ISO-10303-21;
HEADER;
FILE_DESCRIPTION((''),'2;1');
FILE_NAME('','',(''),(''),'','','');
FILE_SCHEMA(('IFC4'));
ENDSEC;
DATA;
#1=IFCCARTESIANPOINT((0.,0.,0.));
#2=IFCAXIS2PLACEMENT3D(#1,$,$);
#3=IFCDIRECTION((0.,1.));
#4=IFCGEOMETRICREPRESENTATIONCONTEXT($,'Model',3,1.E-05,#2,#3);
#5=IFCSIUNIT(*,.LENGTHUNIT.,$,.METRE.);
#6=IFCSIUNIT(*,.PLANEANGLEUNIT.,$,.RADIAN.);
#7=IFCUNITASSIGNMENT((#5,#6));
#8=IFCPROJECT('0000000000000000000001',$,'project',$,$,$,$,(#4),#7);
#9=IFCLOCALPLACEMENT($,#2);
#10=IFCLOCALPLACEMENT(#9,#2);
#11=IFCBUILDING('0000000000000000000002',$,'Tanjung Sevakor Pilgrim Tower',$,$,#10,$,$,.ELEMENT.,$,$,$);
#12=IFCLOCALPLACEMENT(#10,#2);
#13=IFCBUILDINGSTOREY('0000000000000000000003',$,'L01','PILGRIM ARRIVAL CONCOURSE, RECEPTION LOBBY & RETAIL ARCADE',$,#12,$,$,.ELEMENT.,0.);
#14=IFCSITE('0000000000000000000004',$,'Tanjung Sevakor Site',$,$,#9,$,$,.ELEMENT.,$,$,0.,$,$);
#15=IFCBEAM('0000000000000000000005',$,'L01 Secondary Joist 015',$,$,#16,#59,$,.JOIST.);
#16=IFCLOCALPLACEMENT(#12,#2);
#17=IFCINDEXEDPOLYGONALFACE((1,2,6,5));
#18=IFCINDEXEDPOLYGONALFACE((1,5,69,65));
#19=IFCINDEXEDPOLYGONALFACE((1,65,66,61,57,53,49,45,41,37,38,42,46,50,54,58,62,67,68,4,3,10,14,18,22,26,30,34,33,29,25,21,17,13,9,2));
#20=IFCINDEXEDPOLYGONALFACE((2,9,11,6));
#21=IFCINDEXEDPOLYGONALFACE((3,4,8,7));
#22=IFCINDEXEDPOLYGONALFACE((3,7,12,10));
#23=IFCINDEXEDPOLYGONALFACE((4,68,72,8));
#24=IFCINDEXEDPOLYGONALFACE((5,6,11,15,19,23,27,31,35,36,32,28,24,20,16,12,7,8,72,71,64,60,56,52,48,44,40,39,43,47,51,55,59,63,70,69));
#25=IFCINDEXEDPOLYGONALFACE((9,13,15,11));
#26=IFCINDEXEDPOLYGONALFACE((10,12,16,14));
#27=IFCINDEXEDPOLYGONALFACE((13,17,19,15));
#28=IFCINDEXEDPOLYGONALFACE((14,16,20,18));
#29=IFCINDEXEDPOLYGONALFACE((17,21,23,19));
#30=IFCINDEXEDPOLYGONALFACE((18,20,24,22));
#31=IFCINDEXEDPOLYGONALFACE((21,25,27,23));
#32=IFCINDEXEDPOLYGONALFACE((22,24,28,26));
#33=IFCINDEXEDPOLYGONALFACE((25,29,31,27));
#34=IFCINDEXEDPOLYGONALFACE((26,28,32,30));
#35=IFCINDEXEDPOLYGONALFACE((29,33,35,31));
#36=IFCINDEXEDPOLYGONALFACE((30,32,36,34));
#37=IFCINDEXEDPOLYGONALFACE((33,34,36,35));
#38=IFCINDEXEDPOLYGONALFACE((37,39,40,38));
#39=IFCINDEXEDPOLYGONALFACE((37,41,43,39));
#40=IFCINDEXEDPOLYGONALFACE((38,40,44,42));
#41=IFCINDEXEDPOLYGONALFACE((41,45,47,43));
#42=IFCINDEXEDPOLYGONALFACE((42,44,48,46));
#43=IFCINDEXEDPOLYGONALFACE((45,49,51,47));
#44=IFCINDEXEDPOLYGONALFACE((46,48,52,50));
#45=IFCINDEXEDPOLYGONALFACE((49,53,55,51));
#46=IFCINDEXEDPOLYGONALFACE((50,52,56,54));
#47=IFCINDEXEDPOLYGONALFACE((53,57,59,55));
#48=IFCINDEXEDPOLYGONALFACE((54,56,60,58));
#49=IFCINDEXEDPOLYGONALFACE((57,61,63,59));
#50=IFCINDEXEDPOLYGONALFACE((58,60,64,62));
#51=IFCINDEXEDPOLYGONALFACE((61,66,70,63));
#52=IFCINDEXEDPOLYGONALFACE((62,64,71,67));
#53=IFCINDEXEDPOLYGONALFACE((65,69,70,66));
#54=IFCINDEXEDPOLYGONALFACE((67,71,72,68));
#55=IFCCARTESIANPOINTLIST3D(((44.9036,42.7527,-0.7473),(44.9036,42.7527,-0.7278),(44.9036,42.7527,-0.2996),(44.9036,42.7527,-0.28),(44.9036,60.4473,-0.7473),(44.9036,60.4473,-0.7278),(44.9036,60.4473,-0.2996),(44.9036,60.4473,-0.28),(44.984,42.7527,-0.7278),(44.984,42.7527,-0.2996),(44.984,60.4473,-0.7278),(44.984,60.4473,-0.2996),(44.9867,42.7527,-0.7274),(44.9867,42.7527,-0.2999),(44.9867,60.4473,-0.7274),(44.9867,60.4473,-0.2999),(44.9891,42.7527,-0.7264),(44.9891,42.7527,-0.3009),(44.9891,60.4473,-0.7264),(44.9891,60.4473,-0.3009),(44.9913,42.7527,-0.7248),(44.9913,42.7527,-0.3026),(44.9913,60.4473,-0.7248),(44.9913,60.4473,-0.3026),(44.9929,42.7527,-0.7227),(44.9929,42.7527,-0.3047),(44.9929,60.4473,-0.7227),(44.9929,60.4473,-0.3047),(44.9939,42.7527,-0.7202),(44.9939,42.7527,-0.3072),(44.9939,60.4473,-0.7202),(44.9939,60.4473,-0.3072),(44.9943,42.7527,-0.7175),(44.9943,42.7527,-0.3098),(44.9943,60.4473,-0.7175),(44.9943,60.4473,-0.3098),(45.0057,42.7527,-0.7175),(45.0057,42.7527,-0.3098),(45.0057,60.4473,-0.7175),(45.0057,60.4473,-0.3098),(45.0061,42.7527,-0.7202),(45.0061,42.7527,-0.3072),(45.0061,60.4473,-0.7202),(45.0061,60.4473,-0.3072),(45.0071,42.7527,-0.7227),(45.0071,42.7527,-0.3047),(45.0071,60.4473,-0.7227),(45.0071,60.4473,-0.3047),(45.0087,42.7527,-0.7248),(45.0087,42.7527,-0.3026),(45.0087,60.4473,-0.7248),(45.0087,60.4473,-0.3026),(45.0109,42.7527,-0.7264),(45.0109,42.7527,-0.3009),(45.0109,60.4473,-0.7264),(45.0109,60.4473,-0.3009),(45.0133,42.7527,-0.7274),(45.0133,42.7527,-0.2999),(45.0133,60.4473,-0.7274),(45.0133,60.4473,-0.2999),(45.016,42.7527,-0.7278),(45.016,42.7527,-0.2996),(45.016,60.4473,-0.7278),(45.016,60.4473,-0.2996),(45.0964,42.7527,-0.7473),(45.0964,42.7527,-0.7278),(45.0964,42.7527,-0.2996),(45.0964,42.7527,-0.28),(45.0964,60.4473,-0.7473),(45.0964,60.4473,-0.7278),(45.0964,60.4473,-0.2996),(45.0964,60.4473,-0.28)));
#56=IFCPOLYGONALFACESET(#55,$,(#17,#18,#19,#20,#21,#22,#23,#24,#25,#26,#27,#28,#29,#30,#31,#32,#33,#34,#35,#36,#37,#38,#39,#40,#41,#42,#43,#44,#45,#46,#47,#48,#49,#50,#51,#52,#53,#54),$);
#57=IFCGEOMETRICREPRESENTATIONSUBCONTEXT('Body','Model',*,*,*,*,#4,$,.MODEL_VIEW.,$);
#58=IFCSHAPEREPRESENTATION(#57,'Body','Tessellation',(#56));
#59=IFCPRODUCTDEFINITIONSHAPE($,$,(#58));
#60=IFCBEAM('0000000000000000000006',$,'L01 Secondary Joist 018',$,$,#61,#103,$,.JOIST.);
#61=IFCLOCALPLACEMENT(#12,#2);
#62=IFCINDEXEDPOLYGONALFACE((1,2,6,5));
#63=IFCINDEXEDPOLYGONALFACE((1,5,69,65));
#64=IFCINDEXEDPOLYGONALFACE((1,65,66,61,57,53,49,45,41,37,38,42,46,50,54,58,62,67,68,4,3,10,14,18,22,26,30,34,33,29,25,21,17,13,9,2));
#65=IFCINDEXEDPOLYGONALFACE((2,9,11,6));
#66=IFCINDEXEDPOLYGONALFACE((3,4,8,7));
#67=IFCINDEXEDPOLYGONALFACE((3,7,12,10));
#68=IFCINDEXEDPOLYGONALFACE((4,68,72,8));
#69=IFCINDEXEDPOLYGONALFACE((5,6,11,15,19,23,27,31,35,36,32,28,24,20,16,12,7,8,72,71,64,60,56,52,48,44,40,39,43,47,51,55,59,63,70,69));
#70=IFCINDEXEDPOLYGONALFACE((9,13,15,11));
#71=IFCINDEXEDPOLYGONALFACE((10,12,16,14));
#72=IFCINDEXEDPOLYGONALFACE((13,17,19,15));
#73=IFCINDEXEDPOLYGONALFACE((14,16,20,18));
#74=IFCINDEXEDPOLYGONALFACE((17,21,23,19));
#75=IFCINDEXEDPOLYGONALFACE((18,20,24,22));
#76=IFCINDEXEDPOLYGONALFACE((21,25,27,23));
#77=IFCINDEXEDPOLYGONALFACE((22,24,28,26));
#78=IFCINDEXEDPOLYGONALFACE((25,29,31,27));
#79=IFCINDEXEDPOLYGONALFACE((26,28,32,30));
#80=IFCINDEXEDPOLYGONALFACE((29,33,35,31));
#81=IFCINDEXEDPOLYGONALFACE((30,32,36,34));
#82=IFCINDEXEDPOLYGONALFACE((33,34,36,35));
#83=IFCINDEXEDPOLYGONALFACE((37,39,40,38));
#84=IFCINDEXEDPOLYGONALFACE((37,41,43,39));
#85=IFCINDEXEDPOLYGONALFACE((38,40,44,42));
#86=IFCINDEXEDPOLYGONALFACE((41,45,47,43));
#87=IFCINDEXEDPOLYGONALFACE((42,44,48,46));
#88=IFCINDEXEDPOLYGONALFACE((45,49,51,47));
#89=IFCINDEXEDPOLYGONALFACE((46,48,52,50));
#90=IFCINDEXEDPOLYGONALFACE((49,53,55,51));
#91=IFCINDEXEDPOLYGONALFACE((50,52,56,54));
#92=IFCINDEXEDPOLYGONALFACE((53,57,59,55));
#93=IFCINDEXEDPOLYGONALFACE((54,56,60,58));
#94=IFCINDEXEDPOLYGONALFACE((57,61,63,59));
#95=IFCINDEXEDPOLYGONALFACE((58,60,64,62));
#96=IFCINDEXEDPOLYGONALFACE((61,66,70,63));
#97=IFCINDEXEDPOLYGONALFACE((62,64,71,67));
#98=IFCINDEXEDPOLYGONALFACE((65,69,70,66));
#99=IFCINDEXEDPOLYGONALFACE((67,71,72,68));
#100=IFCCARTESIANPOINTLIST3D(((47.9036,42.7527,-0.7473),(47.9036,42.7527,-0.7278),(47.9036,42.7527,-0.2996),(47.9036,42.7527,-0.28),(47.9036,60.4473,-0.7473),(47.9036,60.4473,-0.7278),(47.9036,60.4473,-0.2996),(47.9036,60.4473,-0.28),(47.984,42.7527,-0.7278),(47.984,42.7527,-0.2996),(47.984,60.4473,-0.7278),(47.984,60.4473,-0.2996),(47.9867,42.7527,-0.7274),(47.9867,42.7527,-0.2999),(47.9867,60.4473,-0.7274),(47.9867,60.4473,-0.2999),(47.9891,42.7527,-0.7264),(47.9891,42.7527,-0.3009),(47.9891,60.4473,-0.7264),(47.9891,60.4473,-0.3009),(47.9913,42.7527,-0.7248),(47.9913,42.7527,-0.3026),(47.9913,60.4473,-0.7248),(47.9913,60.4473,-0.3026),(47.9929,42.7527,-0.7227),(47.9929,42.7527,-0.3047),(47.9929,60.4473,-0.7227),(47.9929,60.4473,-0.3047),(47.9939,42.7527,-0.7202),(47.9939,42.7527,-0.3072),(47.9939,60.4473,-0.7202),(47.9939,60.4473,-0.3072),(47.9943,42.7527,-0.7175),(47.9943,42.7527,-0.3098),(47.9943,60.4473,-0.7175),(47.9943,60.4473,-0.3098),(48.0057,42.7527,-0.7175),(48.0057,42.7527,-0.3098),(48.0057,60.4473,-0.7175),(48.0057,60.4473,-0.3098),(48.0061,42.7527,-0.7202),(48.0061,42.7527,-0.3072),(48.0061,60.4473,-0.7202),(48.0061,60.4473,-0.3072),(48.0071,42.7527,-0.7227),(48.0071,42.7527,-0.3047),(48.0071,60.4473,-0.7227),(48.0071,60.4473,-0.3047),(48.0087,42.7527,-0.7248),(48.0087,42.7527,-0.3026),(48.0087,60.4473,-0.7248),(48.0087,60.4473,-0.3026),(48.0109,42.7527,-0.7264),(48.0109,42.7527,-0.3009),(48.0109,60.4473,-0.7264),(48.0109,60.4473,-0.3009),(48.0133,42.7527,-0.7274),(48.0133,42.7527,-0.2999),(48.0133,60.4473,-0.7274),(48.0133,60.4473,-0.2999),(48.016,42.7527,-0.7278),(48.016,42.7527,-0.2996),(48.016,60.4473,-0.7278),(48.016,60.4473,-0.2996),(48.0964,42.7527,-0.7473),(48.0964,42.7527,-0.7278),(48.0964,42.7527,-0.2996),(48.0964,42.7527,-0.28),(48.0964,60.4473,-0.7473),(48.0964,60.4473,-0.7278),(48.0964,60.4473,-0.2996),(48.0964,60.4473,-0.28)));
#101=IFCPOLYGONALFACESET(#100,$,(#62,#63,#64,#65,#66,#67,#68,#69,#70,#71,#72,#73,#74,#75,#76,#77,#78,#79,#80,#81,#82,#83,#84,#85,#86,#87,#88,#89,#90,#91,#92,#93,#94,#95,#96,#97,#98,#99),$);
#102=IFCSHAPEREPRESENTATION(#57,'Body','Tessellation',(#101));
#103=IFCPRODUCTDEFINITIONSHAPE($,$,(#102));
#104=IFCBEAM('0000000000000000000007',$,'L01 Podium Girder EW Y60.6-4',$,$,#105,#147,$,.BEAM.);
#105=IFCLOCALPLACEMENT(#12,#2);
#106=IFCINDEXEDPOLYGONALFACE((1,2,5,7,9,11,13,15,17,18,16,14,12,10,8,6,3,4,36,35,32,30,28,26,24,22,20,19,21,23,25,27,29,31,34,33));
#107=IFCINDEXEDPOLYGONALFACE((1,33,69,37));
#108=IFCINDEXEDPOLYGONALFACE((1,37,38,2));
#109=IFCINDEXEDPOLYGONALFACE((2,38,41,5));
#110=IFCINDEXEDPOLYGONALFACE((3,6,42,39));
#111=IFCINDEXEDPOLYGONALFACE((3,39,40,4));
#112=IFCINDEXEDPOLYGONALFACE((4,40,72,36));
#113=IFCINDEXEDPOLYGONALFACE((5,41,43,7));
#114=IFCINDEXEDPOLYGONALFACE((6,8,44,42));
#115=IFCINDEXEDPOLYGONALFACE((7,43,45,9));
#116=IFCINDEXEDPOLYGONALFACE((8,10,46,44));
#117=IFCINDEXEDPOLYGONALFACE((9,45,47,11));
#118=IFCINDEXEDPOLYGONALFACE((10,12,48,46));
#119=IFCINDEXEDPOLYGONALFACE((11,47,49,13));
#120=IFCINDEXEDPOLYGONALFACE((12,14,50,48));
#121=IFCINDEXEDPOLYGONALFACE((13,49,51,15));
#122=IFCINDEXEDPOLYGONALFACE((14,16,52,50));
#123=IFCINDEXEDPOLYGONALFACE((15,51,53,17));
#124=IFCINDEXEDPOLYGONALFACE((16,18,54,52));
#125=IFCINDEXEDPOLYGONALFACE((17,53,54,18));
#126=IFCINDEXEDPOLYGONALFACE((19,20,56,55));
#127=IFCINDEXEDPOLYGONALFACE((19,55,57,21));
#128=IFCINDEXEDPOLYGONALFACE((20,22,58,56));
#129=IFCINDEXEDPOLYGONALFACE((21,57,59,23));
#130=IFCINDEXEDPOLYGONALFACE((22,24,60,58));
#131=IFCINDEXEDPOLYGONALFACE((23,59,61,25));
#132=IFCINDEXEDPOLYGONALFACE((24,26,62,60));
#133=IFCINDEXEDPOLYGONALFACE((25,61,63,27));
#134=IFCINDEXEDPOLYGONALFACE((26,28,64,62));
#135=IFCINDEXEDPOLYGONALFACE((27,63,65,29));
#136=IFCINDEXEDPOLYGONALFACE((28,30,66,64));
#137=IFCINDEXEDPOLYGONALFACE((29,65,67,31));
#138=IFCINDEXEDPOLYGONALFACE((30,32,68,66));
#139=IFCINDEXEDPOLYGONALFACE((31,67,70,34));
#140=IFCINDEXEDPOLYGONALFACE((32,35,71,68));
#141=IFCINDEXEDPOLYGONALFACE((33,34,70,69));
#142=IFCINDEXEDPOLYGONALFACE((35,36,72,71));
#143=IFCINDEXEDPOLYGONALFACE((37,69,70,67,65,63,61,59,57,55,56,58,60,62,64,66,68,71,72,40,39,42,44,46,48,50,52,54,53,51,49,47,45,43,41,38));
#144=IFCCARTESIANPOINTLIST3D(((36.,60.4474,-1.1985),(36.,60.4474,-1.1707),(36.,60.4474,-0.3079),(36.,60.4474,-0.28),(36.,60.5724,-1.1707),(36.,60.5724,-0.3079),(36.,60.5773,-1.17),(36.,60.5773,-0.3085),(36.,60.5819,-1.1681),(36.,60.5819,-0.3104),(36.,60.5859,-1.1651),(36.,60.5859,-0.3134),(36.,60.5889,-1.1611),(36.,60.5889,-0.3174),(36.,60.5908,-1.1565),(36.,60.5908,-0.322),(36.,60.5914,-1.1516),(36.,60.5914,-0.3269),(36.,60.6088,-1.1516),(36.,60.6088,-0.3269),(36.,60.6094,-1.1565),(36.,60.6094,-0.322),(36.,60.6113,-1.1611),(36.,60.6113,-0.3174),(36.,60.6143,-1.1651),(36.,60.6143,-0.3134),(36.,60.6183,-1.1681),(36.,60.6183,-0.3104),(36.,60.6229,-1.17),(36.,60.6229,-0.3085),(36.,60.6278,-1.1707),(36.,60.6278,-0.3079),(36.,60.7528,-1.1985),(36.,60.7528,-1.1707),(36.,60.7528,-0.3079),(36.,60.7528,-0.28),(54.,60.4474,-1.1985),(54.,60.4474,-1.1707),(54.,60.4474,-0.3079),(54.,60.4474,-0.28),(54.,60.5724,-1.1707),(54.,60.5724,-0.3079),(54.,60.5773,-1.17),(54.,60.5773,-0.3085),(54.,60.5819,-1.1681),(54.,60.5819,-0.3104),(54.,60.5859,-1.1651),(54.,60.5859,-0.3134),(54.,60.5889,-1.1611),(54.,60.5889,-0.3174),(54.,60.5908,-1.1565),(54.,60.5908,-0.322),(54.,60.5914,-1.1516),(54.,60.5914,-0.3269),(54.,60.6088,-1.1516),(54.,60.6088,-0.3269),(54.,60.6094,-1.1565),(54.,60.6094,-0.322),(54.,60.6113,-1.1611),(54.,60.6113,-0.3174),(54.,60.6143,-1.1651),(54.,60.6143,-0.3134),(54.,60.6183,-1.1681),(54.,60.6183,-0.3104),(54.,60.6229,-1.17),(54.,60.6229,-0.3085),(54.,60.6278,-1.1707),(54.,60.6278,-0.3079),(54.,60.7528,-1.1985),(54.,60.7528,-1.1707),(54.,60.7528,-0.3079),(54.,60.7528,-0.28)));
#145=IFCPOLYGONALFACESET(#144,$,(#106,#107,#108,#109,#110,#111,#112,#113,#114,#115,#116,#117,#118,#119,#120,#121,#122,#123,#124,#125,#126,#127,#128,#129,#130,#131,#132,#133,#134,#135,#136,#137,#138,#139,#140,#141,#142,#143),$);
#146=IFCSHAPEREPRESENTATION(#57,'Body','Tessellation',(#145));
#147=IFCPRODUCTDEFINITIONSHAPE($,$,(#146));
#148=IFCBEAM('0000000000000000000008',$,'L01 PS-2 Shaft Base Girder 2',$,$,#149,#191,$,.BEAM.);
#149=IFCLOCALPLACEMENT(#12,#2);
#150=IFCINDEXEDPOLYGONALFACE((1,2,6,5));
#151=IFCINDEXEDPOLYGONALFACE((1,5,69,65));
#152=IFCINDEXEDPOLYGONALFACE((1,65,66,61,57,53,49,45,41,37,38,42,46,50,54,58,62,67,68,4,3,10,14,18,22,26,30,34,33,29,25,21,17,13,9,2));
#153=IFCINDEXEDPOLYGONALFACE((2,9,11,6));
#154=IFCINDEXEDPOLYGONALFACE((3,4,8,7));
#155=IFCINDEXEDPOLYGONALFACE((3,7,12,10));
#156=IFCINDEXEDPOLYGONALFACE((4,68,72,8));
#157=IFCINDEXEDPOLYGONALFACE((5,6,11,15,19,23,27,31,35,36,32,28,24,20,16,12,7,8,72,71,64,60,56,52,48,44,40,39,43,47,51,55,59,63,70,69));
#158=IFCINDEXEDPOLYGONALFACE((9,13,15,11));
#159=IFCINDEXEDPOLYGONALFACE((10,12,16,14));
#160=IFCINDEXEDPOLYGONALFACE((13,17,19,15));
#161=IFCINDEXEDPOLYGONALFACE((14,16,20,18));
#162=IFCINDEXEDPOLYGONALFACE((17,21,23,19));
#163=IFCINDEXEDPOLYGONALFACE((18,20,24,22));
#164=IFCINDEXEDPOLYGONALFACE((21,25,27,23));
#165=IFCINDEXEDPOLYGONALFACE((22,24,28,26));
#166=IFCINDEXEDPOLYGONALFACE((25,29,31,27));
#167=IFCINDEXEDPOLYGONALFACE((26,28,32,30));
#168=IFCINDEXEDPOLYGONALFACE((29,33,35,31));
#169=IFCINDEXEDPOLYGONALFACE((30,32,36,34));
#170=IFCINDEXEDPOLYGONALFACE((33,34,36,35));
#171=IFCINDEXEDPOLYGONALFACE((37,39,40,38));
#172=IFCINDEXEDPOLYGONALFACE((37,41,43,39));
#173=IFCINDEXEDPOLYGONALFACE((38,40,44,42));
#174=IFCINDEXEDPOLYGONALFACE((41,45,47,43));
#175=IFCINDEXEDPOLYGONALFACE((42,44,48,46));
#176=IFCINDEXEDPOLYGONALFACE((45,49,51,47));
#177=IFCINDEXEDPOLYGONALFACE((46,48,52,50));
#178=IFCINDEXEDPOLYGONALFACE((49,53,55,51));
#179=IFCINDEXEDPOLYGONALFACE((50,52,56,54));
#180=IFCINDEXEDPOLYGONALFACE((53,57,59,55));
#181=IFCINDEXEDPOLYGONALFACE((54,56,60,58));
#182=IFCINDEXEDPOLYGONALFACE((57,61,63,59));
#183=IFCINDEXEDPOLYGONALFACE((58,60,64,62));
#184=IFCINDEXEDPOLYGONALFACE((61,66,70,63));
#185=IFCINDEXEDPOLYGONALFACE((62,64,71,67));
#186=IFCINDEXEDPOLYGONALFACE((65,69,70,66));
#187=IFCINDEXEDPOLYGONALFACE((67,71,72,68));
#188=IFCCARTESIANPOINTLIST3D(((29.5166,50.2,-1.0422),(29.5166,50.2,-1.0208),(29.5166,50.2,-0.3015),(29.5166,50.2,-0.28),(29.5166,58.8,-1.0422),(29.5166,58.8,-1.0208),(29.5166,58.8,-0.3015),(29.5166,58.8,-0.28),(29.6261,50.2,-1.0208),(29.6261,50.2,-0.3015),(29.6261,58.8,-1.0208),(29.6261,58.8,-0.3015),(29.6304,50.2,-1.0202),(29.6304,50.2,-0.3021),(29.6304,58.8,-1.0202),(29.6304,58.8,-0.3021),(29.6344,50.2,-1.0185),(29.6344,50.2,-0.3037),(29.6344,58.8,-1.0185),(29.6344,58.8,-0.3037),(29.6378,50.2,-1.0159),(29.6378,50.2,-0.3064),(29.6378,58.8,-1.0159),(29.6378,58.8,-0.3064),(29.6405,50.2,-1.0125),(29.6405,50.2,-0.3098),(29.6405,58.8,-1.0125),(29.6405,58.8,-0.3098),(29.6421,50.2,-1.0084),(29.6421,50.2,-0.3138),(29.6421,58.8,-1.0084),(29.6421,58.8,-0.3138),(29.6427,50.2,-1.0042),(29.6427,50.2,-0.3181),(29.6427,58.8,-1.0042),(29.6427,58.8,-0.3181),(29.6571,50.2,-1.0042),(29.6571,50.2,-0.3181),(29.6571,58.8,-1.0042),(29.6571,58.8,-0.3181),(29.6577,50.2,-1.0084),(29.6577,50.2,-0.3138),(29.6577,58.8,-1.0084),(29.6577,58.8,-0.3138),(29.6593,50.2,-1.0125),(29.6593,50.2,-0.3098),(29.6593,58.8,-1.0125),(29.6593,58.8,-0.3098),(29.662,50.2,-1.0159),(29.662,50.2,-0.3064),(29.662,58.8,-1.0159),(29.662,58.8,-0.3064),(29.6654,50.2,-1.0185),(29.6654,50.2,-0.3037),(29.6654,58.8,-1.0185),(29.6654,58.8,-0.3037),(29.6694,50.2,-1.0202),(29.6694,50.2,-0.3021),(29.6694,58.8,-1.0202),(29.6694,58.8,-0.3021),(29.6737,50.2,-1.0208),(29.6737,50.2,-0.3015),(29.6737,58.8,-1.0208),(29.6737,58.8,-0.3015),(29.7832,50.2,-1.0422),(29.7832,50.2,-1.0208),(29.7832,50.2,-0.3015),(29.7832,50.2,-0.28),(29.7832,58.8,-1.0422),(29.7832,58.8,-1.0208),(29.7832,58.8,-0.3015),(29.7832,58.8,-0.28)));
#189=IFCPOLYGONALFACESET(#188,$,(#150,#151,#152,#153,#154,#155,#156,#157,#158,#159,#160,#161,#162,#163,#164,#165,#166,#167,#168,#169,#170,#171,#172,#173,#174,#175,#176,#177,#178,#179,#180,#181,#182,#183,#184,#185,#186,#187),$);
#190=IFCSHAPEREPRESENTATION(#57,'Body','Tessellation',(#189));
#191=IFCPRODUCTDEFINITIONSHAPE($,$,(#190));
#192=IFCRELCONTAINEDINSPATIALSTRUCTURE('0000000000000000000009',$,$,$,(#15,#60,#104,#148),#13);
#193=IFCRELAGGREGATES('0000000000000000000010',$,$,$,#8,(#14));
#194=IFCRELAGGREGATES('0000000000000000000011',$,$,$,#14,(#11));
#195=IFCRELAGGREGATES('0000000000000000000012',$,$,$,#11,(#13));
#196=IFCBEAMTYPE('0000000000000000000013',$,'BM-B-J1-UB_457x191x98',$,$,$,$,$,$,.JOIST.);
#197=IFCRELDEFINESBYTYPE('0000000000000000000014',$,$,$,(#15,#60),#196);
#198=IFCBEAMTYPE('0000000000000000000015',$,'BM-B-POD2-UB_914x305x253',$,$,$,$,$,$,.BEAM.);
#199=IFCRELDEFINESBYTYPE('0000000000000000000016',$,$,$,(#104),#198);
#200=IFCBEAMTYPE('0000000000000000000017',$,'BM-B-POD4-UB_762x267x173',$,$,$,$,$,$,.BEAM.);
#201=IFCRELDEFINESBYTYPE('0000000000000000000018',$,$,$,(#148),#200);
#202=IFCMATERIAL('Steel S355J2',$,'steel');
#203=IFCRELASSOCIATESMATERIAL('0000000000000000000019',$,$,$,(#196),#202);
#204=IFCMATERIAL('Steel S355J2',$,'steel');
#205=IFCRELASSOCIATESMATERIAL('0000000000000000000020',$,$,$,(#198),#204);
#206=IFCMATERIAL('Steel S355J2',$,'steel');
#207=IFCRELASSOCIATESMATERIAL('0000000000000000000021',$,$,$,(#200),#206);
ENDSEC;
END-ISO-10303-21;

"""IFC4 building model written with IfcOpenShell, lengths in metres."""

from ifc_helpers import new_model, si_unit, direction, frame, origin, origin_2d, place, context, subcontext, project, spatial, i_section, extrude, material, material_profile, profile_set, type_object, element, save


model = new_model("IFC4")

# Units and contexts
model_context = context("Model", 3, precision=1e-05, world=origin(), true_north=direction((0.0, 1.0)))
body_context = subcontext(model_context, "Body", "Model", "MODEL_VIEW")
ifc_project = project(units=[si_unit("LENGTHUNIT", "METRE"), si_unit("PLANEANGLEUNIT", "RADIAN")], contexts=[model_context])

# Site, building, storey
site_placement = place(None, origin())
site = spatial("IfcSite", under=ifc_project, at=site_placement, Name="Tanjung Sevakor Site", CompositionType="ELEMENT", RefElevation=0.0)
building_placement = place(site_placement, origin())
building = spatial("IfcBuilding", under=site, at=building_placement, Name="Tanjung Sevakor Pilgrim Tower", CompositionType="ELEMENT")
storey_placement = place(building_placement, origin())
storey = spatial("IfcBuildingStorey", under=building, at=storey_placement, Name="L01", Description="PILGRIM ARRIVAL CONCOURSE, RECEPTION LOBBY & RETAIL ARCADE", CompositionType="ELEMENT", Elevation=0.0)

# Beams
ifc_material_1 = material(Name="Steel S355J2", Category="steel")
ifc_material_profile_1 = material_profile(ifc_material_1, i_section(OverallWidth=0.1929, OverallDepth=0.4673, WebThickness=0.0115, FlangeThickness=0.0195, FilletRadius=0.0103, at=origin_2d()))
ifc_profile_set_1 = profile_set([ifc_material_profile_1], Name="Steel S355J2")
beam_type_1 = type_object("IfcBeamType", Name="BM-B-J1-UB_457x191x98", PredefinedType="JOIST", material=ifc_profile_set_1)
for number, where, z_axis, x_axis, name in (
    (1, (45.0, 42.7527, -0.5137), (0.0, 1.0, 0.0), (-1.0, 0.0, 0.0), "L01 Secondary Joist 015"),
    (2, (48.0, 42.7527, -0.5137), (0.0, 1.0, 0.0), (-1.0, 0.0, 0.0), "L01 Secondary Joist 018"),
):
    element("IfcBeam", number, at=place(storey_placement, frame(where, z_axis=z_axis, x_axis=x_axis)), inside=storey, type_object=beam_type_1, Name=name, PredefinedType="JOIST", context=body_context, shape_type="SweptSolid", body=[
        extrude(i_section(OverallWidth=0.1929, OverallDepth=0.4673, WebThickness=0.0115, FlangeThickness=0.0195, FilletRadius=0.0103, at=origin_2d()), origin(), (0.0, 0.0, 1.0), 17.6946),
    ])
ifc_material_2 = material(Name="Steel S355J2", Category="steel")
ifc_material_profile_2 = material_profile(ifc_material_2, i_section(OverallWidth=0.3054, OverallDepth=0.9185, WebThickness=0.0173, FlangeThickness=0.0278, FilletRadius=0.019, at=origin_2d()))
ifc_profile_set_2 = profile_set([ifc_material_profile_2], Name="Steel S355J2")
beam_type_2 = type_object("IfcBeamType", Name="BM-B-POD2-UB_914x305x253", PredefinedType="BEAM", material=ifc_profile_set_2)
beam_1_placement = place(storey_placement, frame((36.0, 60.6001, -0.7393), z_axis=(1.0, 0.0, 0.0), x_axis=(0.0, 1.0, 0.0)))
element("IfcBeam", 3, at=beam_1_placement, inside=storey, type_object=beam_type_2, Name="L01 Podium Girder EW Y60.6-4", PredefinedType="BEAM", context=body_context, shape_type="SweptSolid", body=[
    extrude(i_section(OverallWidth=0.3054, OverallDepth=0.9185, WebThickness=0.0173, FlangeThickness=0.0278, FilletRadius=0.019, at=origin_2d()), origin(), (0.0, 0.0, 1.0), 18.0),
])
ifc_material_3 = material(Name="Steel S355J2", Category="steel")
ifc_material_profile_3 = material_profile(ifc_material_3, i_section(OverallWidth=0.2666, OverallDepth=0.7622, WebThickness=0.0144, FlangeThickness=0.0215, FilletRadius=0.0166, at=origin_2d()))
ifc_profile_set_3 = profile_set([ifc_material_profile_3], Name="Steel S355J2")
beam_type_3 = type_object("IfcBeamType", Name="BM-B-POD4-UB_762x267x173", PredefinedType="BEAM", material=ifc_profile_set_3)
beam_2_placement = place(storey_placement, frame((29.6499, 50.2, -0.6611), z_axis=(0.0, 1.0, 0.0), x_axis=(-1.0, 0.0, 0.0)))
element("IfcBeam", 4, at=beam_2_placement, inside=storey, type_object=beam_type_3, Name="L01 PS-2 Shaft Base Girder 2", PredefinedType="BEAM", context=body_context, shape_type="SweptSolid", body=[
    extrude(i_section(OverallWidth=0.2666, OverallDepth=0.7622, WebThickness=0.0144, FlangeThickness=0.0215, FilletRadius=0.0166, at=origin_2d()), origin(), (0.0, 0.0, 1.0), 8.6001),
])

save(model, "model.ifc")
